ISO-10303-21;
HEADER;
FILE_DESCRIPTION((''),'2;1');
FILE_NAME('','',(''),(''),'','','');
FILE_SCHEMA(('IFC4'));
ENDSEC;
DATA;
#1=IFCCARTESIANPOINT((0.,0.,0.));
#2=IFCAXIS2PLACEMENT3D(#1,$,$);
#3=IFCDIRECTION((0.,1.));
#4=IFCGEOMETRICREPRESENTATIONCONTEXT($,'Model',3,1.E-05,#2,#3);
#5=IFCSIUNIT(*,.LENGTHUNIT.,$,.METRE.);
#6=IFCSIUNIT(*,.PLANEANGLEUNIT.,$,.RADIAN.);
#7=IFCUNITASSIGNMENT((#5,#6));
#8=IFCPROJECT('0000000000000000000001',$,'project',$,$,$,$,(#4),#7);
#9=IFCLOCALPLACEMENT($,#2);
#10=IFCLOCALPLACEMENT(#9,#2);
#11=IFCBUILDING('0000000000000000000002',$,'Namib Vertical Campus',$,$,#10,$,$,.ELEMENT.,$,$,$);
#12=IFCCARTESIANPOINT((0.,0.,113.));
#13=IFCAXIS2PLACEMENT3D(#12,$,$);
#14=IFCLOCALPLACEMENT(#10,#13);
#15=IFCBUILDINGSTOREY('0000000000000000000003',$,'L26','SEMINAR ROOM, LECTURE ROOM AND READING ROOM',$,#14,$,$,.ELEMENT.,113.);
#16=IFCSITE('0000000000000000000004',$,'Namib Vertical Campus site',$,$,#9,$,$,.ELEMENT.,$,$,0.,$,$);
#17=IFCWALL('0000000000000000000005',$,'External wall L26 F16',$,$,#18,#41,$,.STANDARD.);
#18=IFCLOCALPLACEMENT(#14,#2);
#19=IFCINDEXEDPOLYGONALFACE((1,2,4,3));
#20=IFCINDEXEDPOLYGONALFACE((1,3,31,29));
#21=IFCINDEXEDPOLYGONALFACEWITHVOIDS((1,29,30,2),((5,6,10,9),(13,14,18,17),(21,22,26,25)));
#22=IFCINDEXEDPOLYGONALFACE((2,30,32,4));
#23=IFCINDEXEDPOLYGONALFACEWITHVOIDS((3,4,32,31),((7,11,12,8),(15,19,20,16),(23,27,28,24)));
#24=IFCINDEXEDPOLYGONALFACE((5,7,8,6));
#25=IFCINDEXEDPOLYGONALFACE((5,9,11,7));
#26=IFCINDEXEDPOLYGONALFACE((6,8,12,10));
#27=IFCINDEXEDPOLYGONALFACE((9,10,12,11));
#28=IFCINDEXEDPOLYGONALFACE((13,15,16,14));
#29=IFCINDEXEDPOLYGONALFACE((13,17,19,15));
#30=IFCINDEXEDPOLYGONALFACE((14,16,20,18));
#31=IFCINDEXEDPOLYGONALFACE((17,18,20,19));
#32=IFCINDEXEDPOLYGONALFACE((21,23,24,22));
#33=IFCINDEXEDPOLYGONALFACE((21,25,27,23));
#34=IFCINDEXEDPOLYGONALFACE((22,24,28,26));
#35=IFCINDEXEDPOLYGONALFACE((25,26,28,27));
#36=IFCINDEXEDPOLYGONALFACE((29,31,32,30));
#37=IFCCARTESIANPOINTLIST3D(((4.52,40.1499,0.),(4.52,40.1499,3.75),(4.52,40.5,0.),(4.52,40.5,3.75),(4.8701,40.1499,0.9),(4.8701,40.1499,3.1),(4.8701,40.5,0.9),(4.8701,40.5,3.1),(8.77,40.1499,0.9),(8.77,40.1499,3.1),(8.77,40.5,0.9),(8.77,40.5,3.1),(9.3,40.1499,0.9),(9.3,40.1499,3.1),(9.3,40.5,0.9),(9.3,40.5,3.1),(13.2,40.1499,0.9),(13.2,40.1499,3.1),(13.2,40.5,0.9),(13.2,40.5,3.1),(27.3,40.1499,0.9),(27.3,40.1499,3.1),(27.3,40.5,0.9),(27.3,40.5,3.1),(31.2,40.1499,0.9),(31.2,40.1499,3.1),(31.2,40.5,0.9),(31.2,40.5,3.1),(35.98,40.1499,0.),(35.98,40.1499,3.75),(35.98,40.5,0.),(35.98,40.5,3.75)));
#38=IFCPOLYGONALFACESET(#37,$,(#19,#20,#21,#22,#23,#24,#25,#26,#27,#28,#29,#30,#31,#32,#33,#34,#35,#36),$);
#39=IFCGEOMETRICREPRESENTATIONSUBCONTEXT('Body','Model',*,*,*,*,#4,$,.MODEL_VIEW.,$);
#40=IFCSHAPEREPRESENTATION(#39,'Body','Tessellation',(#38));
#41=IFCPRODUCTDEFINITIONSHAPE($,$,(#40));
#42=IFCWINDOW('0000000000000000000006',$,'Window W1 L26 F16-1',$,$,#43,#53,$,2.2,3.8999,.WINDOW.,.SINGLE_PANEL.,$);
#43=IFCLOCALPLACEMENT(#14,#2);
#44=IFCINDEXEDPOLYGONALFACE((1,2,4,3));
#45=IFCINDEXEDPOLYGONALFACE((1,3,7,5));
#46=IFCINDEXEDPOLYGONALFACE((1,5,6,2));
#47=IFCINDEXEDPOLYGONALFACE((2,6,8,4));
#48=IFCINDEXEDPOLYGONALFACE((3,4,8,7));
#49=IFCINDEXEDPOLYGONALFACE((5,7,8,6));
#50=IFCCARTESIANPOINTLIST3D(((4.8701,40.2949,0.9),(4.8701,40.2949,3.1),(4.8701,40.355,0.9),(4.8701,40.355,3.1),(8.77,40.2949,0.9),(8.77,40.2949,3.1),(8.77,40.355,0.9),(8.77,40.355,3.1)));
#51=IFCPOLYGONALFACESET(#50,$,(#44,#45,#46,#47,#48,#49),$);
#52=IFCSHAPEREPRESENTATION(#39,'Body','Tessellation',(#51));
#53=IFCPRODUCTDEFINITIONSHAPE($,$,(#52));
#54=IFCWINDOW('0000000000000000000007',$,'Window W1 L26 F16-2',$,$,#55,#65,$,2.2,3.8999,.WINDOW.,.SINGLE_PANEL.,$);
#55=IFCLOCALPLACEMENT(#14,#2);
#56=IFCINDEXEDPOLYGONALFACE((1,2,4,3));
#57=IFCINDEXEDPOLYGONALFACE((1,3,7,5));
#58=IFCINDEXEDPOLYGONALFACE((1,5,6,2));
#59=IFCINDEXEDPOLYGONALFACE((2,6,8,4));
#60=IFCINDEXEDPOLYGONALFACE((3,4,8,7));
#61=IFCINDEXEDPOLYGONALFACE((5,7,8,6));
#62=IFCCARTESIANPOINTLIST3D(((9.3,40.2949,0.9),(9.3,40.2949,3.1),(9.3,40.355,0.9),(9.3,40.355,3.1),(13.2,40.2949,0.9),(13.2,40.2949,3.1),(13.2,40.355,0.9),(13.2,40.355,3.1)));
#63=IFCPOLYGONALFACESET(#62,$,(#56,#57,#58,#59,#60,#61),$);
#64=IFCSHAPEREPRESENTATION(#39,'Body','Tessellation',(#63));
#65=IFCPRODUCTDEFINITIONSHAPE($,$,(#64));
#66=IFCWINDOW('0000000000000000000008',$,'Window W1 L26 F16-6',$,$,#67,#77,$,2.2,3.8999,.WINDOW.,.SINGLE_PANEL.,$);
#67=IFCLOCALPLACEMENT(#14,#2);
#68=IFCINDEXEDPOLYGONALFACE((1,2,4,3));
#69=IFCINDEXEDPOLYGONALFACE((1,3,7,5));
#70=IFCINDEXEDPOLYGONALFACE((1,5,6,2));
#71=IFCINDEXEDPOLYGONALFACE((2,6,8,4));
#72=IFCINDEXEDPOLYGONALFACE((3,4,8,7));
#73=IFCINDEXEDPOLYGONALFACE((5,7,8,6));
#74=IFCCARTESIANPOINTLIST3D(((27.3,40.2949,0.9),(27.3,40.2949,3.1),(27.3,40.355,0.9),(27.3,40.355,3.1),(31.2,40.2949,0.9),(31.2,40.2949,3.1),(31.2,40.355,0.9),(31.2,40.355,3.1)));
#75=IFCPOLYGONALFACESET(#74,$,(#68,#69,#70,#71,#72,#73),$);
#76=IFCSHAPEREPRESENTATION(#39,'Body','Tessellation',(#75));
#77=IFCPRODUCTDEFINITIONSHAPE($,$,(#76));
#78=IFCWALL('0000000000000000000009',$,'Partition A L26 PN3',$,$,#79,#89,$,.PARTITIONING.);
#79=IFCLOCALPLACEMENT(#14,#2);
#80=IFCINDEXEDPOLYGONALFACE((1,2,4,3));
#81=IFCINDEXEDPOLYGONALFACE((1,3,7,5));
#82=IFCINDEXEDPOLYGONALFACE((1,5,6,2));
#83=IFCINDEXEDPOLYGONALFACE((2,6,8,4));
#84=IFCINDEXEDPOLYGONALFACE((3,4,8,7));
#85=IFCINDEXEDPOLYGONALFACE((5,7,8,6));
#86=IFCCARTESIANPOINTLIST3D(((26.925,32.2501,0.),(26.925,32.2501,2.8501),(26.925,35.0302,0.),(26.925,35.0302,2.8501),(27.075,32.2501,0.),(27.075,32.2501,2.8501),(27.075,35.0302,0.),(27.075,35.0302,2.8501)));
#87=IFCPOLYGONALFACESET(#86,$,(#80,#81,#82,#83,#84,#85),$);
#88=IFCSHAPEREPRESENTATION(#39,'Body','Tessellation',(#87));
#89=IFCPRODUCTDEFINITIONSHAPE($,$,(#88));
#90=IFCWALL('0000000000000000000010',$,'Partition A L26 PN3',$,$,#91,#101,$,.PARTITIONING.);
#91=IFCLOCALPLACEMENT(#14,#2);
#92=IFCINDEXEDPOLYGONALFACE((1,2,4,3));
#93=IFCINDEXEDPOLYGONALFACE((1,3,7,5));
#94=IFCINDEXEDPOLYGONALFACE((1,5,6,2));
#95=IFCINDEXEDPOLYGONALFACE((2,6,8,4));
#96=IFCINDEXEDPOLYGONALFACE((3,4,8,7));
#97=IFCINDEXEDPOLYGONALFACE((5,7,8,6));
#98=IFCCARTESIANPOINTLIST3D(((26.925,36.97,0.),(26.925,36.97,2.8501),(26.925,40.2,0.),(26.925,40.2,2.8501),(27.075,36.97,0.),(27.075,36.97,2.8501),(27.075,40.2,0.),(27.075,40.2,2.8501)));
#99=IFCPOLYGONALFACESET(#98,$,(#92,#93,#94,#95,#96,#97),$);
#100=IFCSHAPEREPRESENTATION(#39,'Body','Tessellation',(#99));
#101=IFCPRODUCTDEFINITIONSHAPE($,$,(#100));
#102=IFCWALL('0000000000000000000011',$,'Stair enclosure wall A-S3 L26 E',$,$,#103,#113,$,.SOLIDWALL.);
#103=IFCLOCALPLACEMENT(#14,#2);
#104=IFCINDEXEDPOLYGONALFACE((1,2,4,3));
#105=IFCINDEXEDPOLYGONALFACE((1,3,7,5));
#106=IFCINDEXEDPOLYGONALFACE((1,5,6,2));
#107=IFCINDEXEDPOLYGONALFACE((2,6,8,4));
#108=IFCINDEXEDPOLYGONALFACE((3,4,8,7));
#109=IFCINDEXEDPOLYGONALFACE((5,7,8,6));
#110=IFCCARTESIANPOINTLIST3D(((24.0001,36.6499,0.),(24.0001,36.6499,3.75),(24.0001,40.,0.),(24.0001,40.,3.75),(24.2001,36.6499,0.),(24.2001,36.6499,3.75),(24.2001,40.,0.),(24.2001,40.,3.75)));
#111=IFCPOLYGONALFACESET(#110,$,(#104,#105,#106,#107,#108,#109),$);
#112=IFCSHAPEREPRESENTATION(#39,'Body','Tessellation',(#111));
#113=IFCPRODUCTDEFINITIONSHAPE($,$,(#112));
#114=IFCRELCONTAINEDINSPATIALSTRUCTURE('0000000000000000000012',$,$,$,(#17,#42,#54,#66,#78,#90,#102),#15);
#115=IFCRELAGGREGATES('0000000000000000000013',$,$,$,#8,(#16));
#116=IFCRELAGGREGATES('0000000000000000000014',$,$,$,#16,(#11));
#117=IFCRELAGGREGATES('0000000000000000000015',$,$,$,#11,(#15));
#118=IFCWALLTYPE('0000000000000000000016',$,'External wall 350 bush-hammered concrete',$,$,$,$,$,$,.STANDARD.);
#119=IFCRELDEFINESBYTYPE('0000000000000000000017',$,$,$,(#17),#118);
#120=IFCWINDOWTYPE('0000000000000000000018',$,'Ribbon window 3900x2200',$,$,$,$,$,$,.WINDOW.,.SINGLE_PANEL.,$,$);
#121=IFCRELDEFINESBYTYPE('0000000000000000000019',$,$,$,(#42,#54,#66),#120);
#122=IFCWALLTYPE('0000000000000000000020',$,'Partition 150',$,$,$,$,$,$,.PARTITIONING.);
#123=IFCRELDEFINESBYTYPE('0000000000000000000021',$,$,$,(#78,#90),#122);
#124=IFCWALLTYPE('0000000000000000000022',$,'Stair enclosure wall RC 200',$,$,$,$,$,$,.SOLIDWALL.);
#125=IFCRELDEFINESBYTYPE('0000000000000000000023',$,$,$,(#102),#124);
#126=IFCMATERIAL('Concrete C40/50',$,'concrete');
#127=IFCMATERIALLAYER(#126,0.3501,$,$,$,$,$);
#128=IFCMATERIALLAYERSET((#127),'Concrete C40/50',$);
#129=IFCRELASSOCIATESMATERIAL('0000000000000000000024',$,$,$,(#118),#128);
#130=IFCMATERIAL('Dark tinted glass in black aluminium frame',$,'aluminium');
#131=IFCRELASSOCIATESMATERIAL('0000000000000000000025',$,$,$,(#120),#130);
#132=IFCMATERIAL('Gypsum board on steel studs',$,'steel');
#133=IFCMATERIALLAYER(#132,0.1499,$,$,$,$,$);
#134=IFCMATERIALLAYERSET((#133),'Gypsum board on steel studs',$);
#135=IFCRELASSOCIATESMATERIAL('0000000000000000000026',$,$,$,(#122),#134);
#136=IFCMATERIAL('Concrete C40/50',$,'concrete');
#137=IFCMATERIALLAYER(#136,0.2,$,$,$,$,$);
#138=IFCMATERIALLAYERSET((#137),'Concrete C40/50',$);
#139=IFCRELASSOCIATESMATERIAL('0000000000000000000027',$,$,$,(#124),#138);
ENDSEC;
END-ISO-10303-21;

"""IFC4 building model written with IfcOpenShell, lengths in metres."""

from ifc_helpers import new_model, si_unit, direction, frame, frame_2d, origin, place, context, subcontext, project, spatial, rectangle, extrude, material, layer, layer_set, type_object, element, fill, save


model = new_model("IFC4")

# Units and contexts
model_context = context("Model", 3, precision=1e-05, world=origin(), true_north=direction((0.0, 1.0)))
body_context = subcontext(model_context, "Body", "Model", "MODEL_VIEW")
ifc_project = project(units=[si_unit("LENGTHUNIT", "METRE"), si_unit("PLANEANGLEUNIT", "RADIAN")], contexts=[model_context])

# Site, building, storey
site_placement = place(None, origin())
site = spatial("IfcSite", under=ifc_project, at=site_placement, Name="Namib Vertical Campus site", CompositionType="ELEMENT", RefElevation=0.0)
building_placement = place(site_placement, origin())
building = spatial("IfcBuilding", under=site, at=building_placement, Name="Namib Vertical Campus", CompositionType="ELEMENT")
storey_placement = place(building_placement, frame((0.0, 0.0, 113.0)))
storey = spatial("IfcBuildingStorey", under=building, at=storey_placement, Name="L26", Description="SEMINAR ROOM, LECTURE ROOM AND READING ROOM", CompositionType="ELEMENT", Elevation=113.0)

# Shared definitions
ifc_material_1 = material(Name="Concrete C40/50", Category="concrete")
ifc_layer_1 = layer(ifc_material_1, 0.3501)
ifc_layer_set_1 = layer_set([ifc_layer_1], Name="Concrete C40/50")
wall_type_1 = type_object("IfcWallType", Name="External wall 350 bush-hammered concrete", PredefinedType="STANDARD", material=ifc_layer_set_1)

# Wall, openings, windows
wall_1_placement = place(storey_placement, frame((35.98, 40.325, 0.0), z_axis=(0.0, 0.0, 1.0), x_axis=(-1.0, 0.0, 0.0)))
wall_1 = element("IfcWall", 1, at=wall_1_placement, inside=storey, type_object=wall_type_1, Name="External wall L26 F16", PredefinedType="STANDARD", context=body_context, shape_type="SweptSolid", body=[
    extrude(rectangle(XDim=31.46, YDim=0.3501, at=frame_2d((15.73, 0.0))), origin(), (0.0, 0.0, 1.0), 3.75),
])
opening_1_placement = place(wall_1_placement, frame((27.21, 0.0, 0.8999)))
opening_1 = element("IfcOpeningElement", 2, at=opening_1_placement, cuts=wall_1, PredefinedType="OPENING", context=body_context, shape_type="SweptSolid", body=[
    extrude(rectangle(XDim=3.8999, YDim=2.2, at=frame_2d((1.95, 1.1001))), frame((0.0, 0.1851, 0.0), z_axis=(0.0, -1.0, 0.0), x_axis=(1.0, 0.0, 0.0)), (0.0, 0.0, 1.0), 0.3701),
])
opening_2_placement = place(wall_1_placement, frame((22.78, 0.0, 0.8999)))
opening_2 = element("IfcOpeningElement", 3, at=opening_2_placement, cuts=wall_1, PredefinedType="OPENING", context=body_context, shape_type="SweptSolid", body=[
    extrude(rectangle(XDim=3.8999, YDim=2.2, at=frame_2d((1.95, 1.1001))), frame((0.0, 0.1851, 0.0), z_axis=(0.0, -1.0, 0.0), x_axis=(1.0, 0.0, 0.0)), (0.0, 0.0, 1.0), 0.3701),
])
opening_3_placement = place(wall_1_placement, frame((4.78, 0.0, 0.8999)))
opening_3 = element("IfcOpeningElement", 4, at=opening_3_placement, cuts=wall_1, PredefinedType="OPENING", context=body_context, shape_type="SweptSolid", body=[
    extrude(rectangle(XDim=3.8999, YDim=2.2, at=frame_2d((1.95, 1.1001))), frame((0.0, 0.1851, 0.0), z_axis=(0.0, -1.0, 0.0), x_axis=(1.0, 0.0, 0.0)), (0.0, 0.0, 1.0), 0.3701),
])
ifc_material_2 = material(Name="Dark tinted glass in black aluminium frame", Category="aluminium")
window_type = type_object("IfcWindowType", Name="Ribbon window 3900x2200", PartitioningType="SINGLE_PANEL", PredefinedType="WINDOW", material=ifc_material_2)
window_1_placement = place(opening_1_placement, origin())
window_1 = element("IfcWindow", 5, at=window_1_placement, inside=storey, type_object=window_type, Name="Window W1 L26 F16-1", OverallHeight=2.2, OverallWidth=3.8999, PartitioningType="SINGLE_PANEL", PredefinedType="WINDOW", context=body_context, shape_type="SweptSolid", body=[
    extrude(rectangle(XDim=3.8999, YDim=2.2, at=frame_2d((1.95, 1.1001))), frame((0.0, 0.03, 0.0), z_axis=(0.0, -1.0, 0.0), x_axis=(1.0, 0.0, 0.0)), (0.0, 0.0, 1.0), 0.0601),
])
fill(opening_1, window_1)
window_2_placement = place(opening_2_placement, origin())
window_2 = element("IfcWindow", 6, at=window_2_placement, inside=storey, type_object=window_type, Name="Window W1 L26 F16-2", OverallHeight=2.2, OverallWidth=3.8999, PartitioningType="SINGLE_PANEL", PredefinedType="WINDOW", context=body_context, shape_type="SweptSolid", body=[
    extrude(rectangle(XDim=3.8999, YDim=2.2, at=frame_2d((1.95, 1.1001))), frame((0.0, 0.03, 0.0), z_axis=(0.0, -1.0, 0.0), x_axis=(1.0, 0.0, 0.0)), (0.0, 0.0, 1.0), 0.0601),
])
fill(opening_2, window_2)
window_3_placement = place(opening_3_placement, origin())
window_3 = element("IfcWindow", 7, at=window_3_placement, inside=storey, type_object=window_type, Name="Window W1 L26 F16-6", OverallHeight=2.2, OverallWidth=3.8999, PartitioningType="SINGLE_PANEL", PredefinedType="WINDOW", context=body_context, shape_type="SweptSolid", body=[
    extrude(rectangle(XDim=3.8999, YDim=2.2, at=frame_2d((1.95, 1.1001))), frame((0.0, 0.03, 0.0), z_axis=(0.0, -1.0, 0.0), x_axis=(1.0, 0.0, 0.0)), (0.0, 0.0, 1.0), 0.0601),
])
fill(opening_3, window_3)

# Walls
ifc_material_3 = material(Name="Gypsum board on steel studs", Category="steel")
ifc_layer_2 = layer(ifc_material_3, 0.1499)
ifc_layer_set_2 = layer_set([ifc_layer_2], Name="Gypsum board on steel studs")
wall_type_2 = type_object("IfcWallType", Name="Partition 150", PredefinedType="PARTITIONING", material=ifc_layer_set_2)
wall_2_placement = place(storey_placement, frame((27.0, 32.25, 0.0), z_axis=(0.0, 0.0, 1.0), x_axis=(0.0, 1.0, 0.0)))
element("IfcWall", 8, at=wall_2_placement, inside=storey, type_object=wall_type_2, Name="Partition A L26 PN3", PredefinedType="PARTITIONING", context=body_context, shape_type="SweptSolid", body=[
    extrude(rectangle(XDim=2.78, YDim=0.1499, at=frame_2d((1.3901, 0.0))), origin(), (0.0, 0.0, 1.0), 2.8501),
])
wall_3_placement = place(storey_placement, frame((27.0, 36.97, 0.0), z_axis=(0.0, 0.0, 1.0), x_axis=(0.0, 1.0, 0.0)))
element("IfcWall", 9, at=wall_3_placement, inside=storey, type_object=wall_type_2, Name="Partition A L26 PN3", PredefinedType="PARTITIONING", context=body_context, shape_type="SweptSolid", body=[
    extrude(rectangle(XDim=3.23, YDim=0.1499, at=frame_2d((1.615, 0.0))), origin(), (0.0, 0.0, 1.0), 2.8501),
])
ifc_material_4 = material(Name="Concrete C40/50", Category="concrete")
ifc_layer_3 = layer(ifc_material_4, 0.2)
ifc_layer_set_3 = layer_set([ifc_layer_3], Name="Concrete C40/50")
wall_type_3 = type_object("IfcWallType", Name="Stair enclosure wall RC 200", PredefinedType="SOLIDWALL", material=ifc_layer_set_3)
wall_4_placement = place(storey_placement, frame((24.1001, 36.6499, 0.0), z_axis=(0.0, 0.0, 1.0), x_axis=(0.0, 1.0, 0.0)))
element("IfcWall", 10, at=wall_4_placement, inside=storey, type_object=wall_type_3, Name="Stair enclosure wall A-S3 L26 E", PredefinedType="SOLIDWALL", context=body_context, shape_type="SweptSolid", body=[
    extrude(rectangle(XDim=3.3501, YDim=0.2, at=frame_2d((1.675, 0.0))), origin(), (0.0, 0.0, 1.0), 3.75),
])

save(model, "model.ifc")
